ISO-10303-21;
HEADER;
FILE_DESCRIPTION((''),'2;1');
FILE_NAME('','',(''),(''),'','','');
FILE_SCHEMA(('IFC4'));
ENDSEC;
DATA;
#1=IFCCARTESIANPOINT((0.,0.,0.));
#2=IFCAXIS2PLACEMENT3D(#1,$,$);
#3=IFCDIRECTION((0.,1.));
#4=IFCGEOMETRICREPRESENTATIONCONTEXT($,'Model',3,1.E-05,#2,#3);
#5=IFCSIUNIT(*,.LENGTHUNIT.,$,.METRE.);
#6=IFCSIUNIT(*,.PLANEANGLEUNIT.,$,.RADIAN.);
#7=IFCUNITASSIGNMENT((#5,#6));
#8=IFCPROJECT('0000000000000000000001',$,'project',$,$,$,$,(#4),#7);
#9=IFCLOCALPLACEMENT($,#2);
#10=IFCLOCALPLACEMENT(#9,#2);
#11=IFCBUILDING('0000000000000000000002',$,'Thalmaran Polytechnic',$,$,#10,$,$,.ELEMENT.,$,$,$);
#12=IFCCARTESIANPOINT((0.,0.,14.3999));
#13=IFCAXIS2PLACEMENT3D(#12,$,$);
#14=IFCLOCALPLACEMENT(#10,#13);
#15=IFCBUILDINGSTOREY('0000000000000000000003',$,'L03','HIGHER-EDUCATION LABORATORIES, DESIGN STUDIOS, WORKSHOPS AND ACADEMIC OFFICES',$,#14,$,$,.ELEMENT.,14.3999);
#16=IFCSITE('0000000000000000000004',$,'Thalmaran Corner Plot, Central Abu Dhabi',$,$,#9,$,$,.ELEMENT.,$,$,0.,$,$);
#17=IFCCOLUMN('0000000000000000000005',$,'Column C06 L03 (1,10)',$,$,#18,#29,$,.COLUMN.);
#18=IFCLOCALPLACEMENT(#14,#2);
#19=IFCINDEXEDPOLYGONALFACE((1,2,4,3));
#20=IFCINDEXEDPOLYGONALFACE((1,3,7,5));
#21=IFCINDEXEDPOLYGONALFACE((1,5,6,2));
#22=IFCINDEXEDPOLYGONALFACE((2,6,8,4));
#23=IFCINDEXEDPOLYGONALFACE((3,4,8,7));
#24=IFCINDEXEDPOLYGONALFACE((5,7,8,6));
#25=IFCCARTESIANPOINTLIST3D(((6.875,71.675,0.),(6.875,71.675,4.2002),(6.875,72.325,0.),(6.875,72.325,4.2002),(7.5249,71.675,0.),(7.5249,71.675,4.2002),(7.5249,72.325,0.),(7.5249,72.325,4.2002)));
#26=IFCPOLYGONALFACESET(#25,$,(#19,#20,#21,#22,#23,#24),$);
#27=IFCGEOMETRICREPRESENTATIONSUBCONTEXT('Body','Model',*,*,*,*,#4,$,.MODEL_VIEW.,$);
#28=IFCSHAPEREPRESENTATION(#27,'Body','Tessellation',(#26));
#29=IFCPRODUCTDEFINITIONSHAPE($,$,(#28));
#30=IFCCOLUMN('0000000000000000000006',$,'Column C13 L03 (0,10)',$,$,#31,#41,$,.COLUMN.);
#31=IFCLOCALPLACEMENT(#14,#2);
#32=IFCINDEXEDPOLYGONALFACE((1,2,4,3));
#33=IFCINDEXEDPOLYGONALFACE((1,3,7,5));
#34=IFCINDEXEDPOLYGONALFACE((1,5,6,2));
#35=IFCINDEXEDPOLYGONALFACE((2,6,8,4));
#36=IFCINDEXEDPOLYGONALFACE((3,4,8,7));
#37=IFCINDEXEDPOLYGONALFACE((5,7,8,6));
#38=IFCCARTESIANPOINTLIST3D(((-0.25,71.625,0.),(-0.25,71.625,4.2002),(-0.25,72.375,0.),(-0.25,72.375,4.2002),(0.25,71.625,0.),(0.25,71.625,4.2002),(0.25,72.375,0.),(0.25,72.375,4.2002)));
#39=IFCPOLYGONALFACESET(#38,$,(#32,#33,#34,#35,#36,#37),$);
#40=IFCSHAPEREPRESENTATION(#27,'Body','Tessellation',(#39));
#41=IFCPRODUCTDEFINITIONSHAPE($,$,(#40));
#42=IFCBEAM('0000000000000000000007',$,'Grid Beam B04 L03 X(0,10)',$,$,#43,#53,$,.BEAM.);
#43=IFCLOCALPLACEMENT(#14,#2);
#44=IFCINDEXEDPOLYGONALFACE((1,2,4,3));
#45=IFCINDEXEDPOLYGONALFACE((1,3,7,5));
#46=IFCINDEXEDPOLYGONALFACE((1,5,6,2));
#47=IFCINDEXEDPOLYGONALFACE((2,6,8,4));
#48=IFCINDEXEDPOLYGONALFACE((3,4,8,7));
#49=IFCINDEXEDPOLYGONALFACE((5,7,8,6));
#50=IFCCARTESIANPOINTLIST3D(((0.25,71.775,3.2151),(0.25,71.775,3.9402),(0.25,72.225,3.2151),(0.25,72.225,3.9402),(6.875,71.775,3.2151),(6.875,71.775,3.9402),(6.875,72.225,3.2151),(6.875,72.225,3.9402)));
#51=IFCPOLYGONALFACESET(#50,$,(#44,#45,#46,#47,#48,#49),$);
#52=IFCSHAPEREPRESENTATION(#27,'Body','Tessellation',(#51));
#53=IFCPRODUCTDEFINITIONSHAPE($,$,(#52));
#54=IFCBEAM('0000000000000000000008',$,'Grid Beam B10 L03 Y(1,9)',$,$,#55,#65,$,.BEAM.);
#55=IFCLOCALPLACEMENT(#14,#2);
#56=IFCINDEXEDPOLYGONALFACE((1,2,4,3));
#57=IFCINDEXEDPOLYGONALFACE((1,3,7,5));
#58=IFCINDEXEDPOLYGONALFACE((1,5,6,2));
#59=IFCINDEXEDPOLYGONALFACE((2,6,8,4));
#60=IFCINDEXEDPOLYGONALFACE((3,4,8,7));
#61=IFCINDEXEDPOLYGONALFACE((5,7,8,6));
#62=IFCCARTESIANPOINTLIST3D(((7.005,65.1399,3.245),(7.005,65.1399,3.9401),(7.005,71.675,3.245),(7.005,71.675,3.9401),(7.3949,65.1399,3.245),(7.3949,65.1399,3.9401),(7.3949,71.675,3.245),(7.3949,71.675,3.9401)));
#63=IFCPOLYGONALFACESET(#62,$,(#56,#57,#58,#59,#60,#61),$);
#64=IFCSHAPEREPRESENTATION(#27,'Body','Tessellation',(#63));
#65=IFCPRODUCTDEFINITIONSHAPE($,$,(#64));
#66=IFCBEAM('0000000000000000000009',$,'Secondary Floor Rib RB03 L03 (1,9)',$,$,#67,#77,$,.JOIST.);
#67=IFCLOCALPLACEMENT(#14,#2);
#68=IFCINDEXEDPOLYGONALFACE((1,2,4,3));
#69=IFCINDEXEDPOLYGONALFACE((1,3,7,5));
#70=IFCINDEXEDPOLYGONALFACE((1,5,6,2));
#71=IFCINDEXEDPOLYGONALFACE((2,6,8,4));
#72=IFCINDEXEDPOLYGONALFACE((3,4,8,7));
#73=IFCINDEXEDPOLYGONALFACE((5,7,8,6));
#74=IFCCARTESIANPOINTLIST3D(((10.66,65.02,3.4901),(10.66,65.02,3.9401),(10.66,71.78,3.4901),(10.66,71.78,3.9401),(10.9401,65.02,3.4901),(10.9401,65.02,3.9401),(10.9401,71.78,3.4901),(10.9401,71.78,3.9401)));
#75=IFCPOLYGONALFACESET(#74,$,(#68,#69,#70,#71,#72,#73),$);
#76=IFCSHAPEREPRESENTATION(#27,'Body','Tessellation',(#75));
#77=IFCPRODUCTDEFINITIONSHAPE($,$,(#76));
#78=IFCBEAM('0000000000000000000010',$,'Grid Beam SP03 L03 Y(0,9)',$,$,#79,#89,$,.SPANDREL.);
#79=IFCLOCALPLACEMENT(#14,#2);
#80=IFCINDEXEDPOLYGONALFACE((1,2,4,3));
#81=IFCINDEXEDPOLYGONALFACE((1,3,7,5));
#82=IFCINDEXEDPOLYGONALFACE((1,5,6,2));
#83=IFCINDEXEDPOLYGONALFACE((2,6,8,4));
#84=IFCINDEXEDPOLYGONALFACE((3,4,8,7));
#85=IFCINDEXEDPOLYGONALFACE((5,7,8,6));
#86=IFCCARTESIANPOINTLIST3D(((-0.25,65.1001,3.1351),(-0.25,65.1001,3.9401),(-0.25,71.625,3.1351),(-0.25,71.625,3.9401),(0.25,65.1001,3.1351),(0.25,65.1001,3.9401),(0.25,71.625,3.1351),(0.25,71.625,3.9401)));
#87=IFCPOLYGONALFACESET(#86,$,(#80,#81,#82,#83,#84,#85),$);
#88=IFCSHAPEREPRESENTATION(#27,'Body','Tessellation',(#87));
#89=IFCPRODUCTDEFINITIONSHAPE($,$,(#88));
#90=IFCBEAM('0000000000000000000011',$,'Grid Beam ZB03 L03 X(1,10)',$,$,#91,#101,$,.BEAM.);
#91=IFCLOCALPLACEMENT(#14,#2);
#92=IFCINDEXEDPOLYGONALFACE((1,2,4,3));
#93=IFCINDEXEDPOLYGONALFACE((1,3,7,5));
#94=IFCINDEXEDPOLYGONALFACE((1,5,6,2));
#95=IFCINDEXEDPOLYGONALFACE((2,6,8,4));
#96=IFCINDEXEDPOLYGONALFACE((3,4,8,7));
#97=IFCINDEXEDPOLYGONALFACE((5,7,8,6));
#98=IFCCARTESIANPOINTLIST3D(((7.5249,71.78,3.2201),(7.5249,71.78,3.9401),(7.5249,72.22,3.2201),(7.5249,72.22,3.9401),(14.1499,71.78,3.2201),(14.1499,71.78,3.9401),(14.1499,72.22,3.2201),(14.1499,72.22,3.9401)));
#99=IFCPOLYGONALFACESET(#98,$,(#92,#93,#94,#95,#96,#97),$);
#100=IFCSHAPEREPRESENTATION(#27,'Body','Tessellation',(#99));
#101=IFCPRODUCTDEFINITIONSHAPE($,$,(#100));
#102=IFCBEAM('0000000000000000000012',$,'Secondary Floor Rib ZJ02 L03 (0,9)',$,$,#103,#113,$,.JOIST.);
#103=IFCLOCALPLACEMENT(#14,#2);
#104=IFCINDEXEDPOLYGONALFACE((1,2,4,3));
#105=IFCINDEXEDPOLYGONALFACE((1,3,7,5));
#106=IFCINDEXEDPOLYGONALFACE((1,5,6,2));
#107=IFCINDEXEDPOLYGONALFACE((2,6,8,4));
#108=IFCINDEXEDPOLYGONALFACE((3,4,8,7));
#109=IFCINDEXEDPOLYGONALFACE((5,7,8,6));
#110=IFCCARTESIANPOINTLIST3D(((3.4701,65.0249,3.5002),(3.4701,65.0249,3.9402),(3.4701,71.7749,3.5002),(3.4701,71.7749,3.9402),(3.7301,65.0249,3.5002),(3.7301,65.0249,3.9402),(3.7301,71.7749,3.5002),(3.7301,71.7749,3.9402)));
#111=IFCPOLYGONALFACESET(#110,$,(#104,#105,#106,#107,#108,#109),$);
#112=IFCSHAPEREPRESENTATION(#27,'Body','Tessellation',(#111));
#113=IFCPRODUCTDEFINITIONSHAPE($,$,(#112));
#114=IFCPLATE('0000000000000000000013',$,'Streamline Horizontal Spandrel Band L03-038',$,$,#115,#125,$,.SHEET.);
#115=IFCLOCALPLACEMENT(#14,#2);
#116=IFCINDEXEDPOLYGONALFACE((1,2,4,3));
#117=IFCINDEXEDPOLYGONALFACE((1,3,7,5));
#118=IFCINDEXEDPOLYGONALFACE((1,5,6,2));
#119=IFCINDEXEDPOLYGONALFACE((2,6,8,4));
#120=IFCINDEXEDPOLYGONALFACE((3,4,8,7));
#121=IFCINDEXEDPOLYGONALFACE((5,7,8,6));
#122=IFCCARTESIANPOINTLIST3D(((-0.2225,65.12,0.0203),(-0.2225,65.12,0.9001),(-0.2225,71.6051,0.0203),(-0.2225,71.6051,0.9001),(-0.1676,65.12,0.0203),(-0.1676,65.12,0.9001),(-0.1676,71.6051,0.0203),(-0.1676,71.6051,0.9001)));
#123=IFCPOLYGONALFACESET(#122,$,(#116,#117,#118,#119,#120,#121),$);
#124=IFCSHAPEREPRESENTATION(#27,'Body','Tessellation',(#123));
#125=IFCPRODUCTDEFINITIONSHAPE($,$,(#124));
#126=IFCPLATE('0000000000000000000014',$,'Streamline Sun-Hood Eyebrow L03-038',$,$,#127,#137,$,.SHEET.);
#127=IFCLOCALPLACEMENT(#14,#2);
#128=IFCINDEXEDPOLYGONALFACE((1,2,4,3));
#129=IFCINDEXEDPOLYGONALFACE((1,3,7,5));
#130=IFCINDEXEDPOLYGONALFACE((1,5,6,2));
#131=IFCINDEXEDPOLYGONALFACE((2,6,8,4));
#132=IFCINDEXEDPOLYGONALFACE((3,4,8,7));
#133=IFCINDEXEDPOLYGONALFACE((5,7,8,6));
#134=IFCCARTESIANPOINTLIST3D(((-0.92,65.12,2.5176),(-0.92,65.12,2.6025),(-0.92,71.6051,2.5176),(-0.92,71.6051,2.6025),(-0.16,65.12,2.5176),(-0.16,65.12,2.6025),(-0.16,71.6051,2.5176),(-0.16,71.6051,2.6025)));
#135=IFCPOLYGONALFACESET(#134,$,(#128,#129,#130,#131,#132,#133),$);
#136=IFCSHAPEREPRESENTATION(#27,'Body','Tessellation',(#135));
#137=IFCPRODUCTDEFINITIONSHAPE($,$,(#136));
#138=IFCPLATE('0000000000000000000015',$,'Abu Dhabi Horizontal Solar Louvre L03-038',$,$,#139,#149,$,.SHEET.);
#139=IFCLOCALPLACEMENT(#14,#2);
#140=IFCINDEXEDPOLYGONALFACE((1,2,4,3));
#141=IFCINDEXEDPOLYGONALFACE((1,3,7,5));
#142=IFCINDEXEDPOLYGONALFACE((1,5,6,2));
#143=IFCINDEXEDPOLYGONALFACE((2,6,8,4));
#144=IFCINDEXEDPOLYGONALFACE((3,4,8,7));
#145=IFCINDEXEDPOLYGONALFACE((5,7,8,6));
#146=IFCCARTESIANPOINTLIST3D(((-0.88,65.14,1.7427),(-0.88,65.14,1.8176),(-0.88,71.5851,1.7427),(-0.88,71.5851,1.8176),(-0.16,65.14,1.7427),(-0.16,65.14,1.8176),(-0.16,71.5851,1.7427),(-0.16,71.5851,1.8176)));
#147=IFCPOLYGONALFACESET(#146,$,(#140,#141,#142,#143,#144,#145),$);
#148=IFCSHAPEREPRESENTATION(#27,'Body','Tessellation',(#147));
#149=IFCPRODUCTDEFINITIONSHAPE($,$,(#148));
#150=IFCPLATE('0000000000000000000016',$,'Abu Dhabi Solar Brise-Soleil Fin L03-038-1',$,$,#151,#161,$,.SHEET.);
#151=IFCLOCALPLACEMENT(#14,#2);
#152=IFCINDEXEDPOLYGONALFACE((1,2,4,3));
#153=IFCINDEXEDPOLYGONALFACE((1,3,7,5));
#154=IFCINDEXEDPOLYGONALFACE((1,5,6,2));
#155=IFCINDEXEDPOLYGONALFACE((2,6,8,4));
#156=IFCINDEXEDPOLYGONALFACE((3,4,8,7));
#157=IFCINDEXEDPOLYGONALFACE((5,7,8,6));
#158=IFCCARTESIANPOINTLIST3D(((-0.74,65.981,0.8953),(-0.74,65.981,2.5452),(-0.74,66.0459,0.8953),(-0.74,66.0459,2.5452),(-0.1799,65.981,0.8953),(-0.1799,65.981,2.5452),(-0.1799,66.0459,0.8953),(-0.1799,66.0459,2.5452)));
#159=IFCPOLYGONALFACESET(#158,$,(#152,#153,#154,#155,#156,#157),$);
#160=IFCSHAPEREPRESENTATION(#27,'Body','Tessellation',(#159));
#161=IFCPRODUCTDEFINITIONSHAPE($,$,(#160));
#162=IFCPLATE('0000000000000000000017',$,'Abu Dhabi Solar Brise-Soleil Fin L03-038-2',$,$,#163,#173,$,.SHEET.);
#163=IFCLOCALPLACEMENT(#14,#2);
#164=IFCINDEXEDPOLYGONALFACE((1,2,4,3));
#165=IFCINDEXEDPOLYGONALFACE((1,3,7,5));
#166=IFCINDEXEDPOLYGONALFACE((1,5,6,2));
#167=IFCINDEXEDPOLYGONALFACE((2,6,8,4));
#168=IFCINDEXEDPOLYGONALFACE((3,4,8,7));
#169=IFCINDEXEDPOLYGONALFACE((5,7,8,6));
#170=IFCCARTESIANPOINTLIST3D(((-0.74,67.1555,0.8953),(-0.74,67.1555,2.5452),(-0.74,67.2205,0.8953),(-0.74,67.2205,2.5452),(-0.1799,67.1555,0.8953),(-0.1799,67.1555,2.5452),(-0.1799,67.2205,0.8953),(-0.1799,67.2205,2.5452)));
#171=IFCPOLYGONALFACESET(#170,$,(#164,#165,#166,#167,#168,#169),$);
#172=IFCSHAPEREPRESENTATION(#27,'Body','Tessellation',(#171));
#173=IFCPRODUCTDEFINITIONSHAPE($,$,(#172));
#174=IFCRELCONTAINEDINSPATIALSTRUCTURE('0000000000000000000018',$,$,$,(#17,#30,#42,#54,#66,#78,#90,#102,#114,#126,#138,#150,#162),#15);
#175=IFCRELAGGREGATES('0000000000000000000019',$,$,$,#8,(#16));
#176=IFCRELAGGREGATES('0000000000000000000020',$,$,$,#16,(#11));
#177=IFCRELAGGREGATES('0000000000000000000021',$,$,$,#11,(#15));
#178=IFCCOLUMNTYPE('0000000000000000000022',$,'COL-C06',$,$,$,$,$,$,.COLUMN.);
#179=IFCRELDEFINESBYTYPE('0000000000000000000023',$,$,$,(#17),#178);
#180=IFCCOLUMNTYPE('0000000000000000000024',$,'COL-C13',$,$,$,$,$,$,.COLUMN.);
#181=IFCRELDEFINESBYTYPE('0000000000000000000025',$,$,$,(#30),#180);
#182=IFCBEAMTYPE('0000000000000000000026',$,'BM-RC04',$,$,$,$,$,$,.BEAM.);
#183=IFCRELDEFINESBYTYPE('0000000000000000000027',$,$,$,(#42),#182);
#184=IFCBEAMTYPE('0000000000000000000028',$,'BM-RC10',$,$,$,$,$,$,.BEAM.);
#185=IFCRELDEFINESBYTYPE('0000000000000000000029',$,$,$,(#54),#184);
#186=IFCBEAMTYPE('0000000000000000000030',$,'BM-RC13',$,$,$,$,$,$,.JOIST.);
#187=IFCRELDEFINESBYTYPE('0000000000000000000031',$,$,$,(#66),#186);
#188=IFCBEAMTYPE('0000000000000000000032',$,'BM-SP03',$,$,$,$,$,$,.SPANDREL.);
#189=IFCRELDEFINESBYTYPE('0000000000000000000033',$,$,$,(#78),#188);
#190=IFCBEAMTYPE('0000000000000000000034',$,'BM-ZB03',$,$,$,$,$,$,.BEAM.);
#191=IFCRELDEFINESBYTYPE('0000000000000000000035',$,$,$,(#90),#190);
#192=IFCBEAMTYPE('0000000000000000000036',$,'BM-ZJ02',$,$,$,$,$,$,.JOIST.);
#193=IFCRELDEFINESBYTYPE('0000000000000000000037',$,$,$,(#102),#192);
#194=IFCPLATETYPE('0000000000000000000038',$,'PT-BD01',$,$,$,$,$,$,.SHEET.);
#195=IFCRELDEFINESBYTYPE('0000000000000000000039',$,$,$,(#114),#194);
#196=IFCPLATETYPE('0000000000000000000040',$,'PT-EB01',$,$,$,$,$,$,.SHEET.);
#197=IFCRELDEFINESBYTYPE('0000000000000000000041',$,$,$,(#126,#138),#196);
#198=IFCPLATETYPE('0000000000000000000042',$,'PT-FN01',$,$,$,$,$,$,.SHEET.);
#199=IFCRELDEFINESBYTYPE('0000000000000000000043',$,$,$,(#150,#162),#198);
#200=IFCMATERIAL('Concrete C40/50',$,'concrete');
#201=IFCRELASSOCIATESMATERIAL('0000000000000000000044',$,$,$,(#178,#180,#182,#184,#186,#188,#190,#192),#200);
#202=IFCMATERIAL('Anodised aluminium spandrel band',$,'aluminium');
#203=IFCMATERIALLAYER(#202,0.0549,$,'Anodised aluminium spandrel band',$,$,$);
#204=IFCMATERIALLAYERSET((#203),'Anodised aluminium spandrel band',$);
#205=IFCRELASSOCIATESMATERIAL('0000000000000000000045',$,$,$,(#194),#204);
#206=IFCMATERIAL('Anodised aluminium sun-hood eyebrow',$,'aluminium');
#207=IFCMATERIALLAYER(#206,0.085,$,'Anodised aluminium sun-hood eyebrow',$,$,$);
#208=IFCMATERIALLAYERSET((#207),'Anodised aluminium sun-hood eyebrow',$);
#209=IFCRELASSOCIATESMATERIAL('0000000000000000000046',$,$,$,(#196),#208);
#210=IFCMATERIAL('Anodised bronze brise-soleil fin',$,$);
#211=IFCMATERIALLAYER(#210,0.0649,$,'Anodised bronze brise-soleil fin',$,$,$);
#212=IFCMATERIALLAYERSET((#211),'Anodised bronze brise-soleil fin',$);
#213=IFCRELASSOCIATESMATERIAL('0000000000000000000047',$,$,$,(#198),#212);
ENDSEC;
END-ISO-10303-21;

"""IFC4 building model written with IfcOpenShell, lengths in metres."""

from ifc_helpers import new_model, si_unit, direction, frame, origin, origin_2d, place, context, subcontext, project, spatial, rectangle, extrude, material, layer, layer_set, material_profile, profile_set, type_object, element, save


model = new_model("IFC4")

# Units and contexts
model_context = context("Model", 3, precision=1e-05, world=origin(), true_north=direction((0.0, 1.0)))
body_context = subcontext(model_context, "Body", "Model", "MODEL_VIEW")
ifc_project = project(units=[si_unit("LENGTHUNIT", "METRE"), si_unit("PLANEANGLEUNIT", "RADIAN")], contexts=[model_context])

# Site, building, storey
site_placement = place(None, origin())
site = spatial("IfcSite", under=ifc_project, at=site_placement, Name="Thalmaran Corner Plot, Central Abu Dhabi", CompositionType="ELEMENT", RefElevation=0.0)
building_placement = place(site_placement, origin())
building = spatial("IfcBuilding", under=site, at=building_placement, Name="Thalmaran Polytechnic", CompositionType="ELEMENT")
storey_placement = place(building_placement, frame((0.0, 0.0, 14.3999)))
storey = spatial("IfcBuildingStorey", under=building, at=storey_placement, Name="L03", Description="HIGHER-EDUCATION LABORATORIES, DESIGN STUDIOS, WORKSHOPS AND ACADEMIC OFFICES", CompositionType="ELEMENT", Elevation=14.3999)

# Columns
ifc_material_1 = material(Name="Concrete C40/50", Category="concrete")
ifc_material_profile_1 = material_profile(ifc_material_1, rectangle(XDim=0.6499, YDim=0.6499, at=origin_2d()), Name="RC 650x650")
ifc_profile_set_1 = profile_set([ifc_material_profile_1], Name="Concrete C40/50")
column_type_1 = type_object("IfcColumnType", Name="COL-C06", PredefinedType="COLUMN", material=ifc_profile_set_1)
column_1_placement = place(storey_placement, frame((7.2, 72.0, 0.0), z_axis=(0.0, 0.0, 1.0), x_axis=(1.0, 0.0, 0.0)))
element("IfcColumn", 1, at=column_1_placement, inside=storey, type_object=column_type_1, Name="Column C06 L03 (1,10)", PredefinedType="COLUMN", context=body_context, shape_type="SweptSolid", body=[
    extrude(rectangle(XDim=0.6499, YDim=0.6499, at=origin_2d()), origin(), (0.0, 0.0, 1.0), 4.2002),
])
ifc_material_profile_2 = material_profile(ifc_material_1, rectangle(XDim=0.5, YDim=0.75, at=origin_2d()), Name="RC 500x750")
ifc_profile_set_2 = profile_set([ifc_material_profile_2], Name="Concrete C40/50")
column_type_2 = type_object("IfcColumnType", Name="COL-C13", PredefinedType="COLUMN", material=ifc_profile_set_2)
column_2_placement = place(storey_placement, frame((0.0, 72.0, 0.0), z_axis=(0.0, 0.0, 1.0), x_axis=(1.0, 0.0, 0.0)))
element("IfcColumn", 2, at=column_2_placement, inside=storey, type_object=column_type_2, Name="Column C13 L03 (0,10)", PredefinedType="COLUMN", context=body_context, shape_type="SweptSolid", body=[
    extrude(rectangle(XDim=0.5, YDim=0.75, at=origin_2d()), origin(), (0.0, 0.0, 1.0), 4.2002),
])

# Beams
ifc_material_profile_3 = material_profile(ifc_material_1, rectangle(XDim=0.45, YDim=0.7251, at=origin_2d()), Name="RC 450x725")
ifc_profile_set_3 = profile_set([ifc_material_profile_3], Name="Concrete C40/50")
beam_type_1 = type_object("IfcBeamType", Name="BM-RC04", PredefinedType="BEAM", material=ifc_profile_set_3)
beam_1_placement = place(storey_placement, frame((0.25, 72.0, 3.5776), z_axis=(1.0, 0.0, 0.0), x_axis=(0.0, 1.0, 0.0)))
element("IfcBeam", 3, at=beam_1_placement, inside=storey, type_object=beam_type_1, Name="Grid Beam B04 L03 X(0,10)", PredefinedType="BEAM", context=body_context, shape_type="SweptSolid", body=[
    extrude(rectangle(XDim=0.45, YDim=0.7251, at=origin_2d()), origin(), (0.0, 0.0, 1.0), 6.625),
])
ifc_material_profile_4 = material_profile(ifc_material_1, rectangle(XDim=0.3899, YDim=0.6951, at=origin_2d()), Name="RC 390x695")
ifc_profile_set_4 = profile_set([ifc_material_profile_4], Name="Concrete C40/50")
beam_type_2 = type_object("IfcBeamType", Name="BM-RC10", PredefinedType="BEAM", material=ifc_profile_set_4)
beam_2_placement = place(storey_placement, frame((7.2, 65.1399, 3.5925), z_axis=(0.0, 1.0, 0.0), x_axis=(-1.0, 0.0, 0.0)))
element("IfcBeam", 4, at=beam_2_placement, inside=storey, type_object=beam_type_2, Name="Grid Beam B10 L03 Y(1,9)", PredefinedType="BEAM", context=body_context, shape_type="SweptSolid", body=[
    extrude(rectangle(XDim=0.3899, YDim=0.6951, at=origin_2d()), origin(), (0.0, 0.0, 1.0), 6.5352),
])
ifc_material_profile_5 = material_profile(ifc_material_1, rectangle(XDim=0.28, YDim=0.45, at=origin_2d()), Name="RC 280x450")
ifc_profile_set_5 = profile_set([ifc_material_profile_5], Name="Concrete C40/50")
beam_type_3 = type_object("IfcBeamType", Name="BM-RC13", PredefinedType="JOIST", material=ifc_profile_set_5)
beam_3_placement = place(storey_placement, frame((10.8, 65.02, 3.7151), z_axis=(0.0, 1.0, 0.0), x_axis=(-1.0, 0.0, 0.0)))
element("IfcBeam", 5, at=beam_3_placement, inside=storey, type_object=beam_type_3, Name="Secondary Floor Rib RB03 L03 (1,9)", PredefinedType="JOIST", context=body_context, shape_type="SweptSolid", body=[
    extrude(rectangle(XDim=0.28, YDim=0.45, at=origin_2d()), origin(), (0.0, 0.0, 1.0), 6.76),
])
ifc_material_profile_6 = material_profile(ifc_material_1, rectangle(XDim=0.5, YDim=0.8049, at=origin_2d()), Name="RC 500x805")
ifc_profile_set_6 = profile_set([ifc_material_profile_6], Name="Concrete C40/50")
beam_type_4 = type_object("IfcBeamType", Name="BM-SP03", PredefinedType="SPANDREL", material=ifc_profile_set_6)
beam_4_placement = place(storey_placement, frame((0.0, 65.1001, 3.5376), z_axis=(0.0, 1.0, 0.0), x_axis=(-1.0, 0.0, 0.0)))
element("IfcBeam", 6, at=beam_4_placement, inside=storey, type_object=beam_type_4, Name="Grid Beam SP03 L03 Y(0,9)", PredefinedType="SPANDREL", context=body_context, shape_type="SweptSolid", body=[
    extrude(rectangle(XDim=0.5, YDim=0.8049, at=origin_2d()), origin(), (0.0, 0.0, 1.0), 6.5249),
])
ifc_material_profile_7 = material_profile(ifc_material_1, rectangle(XDim=0.4399, YDim=0.72, at=origin_2d()), Name="RC 440x720")
ifc_profile_set_7 = profile_set([ifc_material_profile_7], Name="Concrete C40/50")
beam_type_5 = type_object("IfcBeamType", Name="BM-ZB03", PredefinedType="BEAM", material=ifc_profile_set_7)
beam_5_placement = place(storey_placement, frame((7.5249, 72.0, 3.5801), z_axis=(1.0, 0.0, 0.0), x_axis=(0.0, 1.0, 0.0)))
element("IfcBeam", 7, at=beam_5_placement, inside=storey, type_object=beam_type_5, Name="Grid Beam ZB03 L03 X(1,10)", PredefinedType="BEAM", context=body_context, shape_type="SweptSolid", body=[
    extrude(rectangle(XDim=0.4399, YDim=0.72, at=origin_2d()), origin(), (0.0, 0.0, 1.0), 6.625),
])
ifc_material_profile_8 = material_profile(ifc_material_1, rectangle(XDim=0.26, YDim=0.4399, at=origin_2d()), Name="RC 260x440")
ifc_profile_set_8 = profile_set([ifc_material_profile_8], Name="Concrete C40/50")
beam_type_6 = type_object("IfcBeamType", Name="BM-ZJ02", PredefinedType="JOIST", material=ifc_profile_set_8)
beam_6_placement = place(storey_placement, frame((3.6001, 65.0249, 3.7202), z_axis=(0.0, 1.0, 0.0), x_axis=(-1.0, 0.0, 0.0)))
element("IfcBeam", 8, at=beam_6_placement, inside=storey, type_object=beam_type_6, Name="Secondary Floor Rib ZJ02 L03 (0,9)", PredefinedType="JOIST", context=body_context, shape_type="SweptSolid", body=[
    extrude(rectangle(XDim=0.26, YDim=0.4399, at=origin_2d()), origin(), (0.0, 0.0, 1.0), 6.75),
])

# Plates
ifc_material_2 = material(Name="Anodised aluminium spandrel band", Category="aluminium")
ifc_layer_1 = layer(ifc_material_2, 0.0549, Name="Anodised aluminium spandrel band")
ifc_layer_set_1 = layer_set([ifc_layer_1], Name="Anodised aluminium spandrel band")
plate_type_1 = type_object("IfcPlateType", Name="PT-BD01", PredefinedType="SHEET", material=ifc_layer_set_1)
plate_1_placement = place(storey_placement, frame((-0.1951, 68.3625, 0.0203), z_axis=(0.0, 0.0, 1.0), x_axis=(0.0, 1.0, 0.0)))
element("IfcPlate", 9, at=plate_1_placement, inside=storey, type_object=plate_type_1, Name="Streamline Horizontal Spandrel Band L03-038", PredefinedType="SHEET", context=body_context, shape_type="SweptSolid", body=[
    extrude(rectangle(XDim=6.4851, YDim=0.0549, at=origin_2d()), origin(), (0.0, 0.0, 1.0), 0.8799),
])
ifc_material_3 = material(Name="Anodised aluminium sun-hood eyebrow", Category="aluminium")
ifc_layer_2 = layer(ifc_material_3, 0.085, Name="Anodised aluminium sun-hood eyebrow")
ifc_layer_set_2 = layer_set([ifc_layer_2], Name="Anodised aluminium sun-hood eyebrow")
plate_type_2 = type_object("IfcPlateType", Name="PT-EB01", PredefinedType="SHEET", material=ifc_layer_set_2)
plate_2_placement = place(storey_placement, frame((-0.54, 68.3625, 2.5176), z_axis=(0.0, 0.0, 1.0), x_axis=(0.0, 1.0, 0.0)))
element("IfcPlate", 10, at=plate_2_placement, inside=storey, type_object=plate_type_2, Name="Streamline Sun-Hood Eyebrow L03-038", PredefinedType="SHEET", context=body_context, shape_type="SweptSolid", body=[
    extrude(rectangle(XDim=6.4851, YDim=0.76, at=origin_2d()), origin(), (0.0, 0.0, 1.0), 0.085),
])
plate_3_placement = place(storey_placement, frame((-0.52, 68.3625, 1.7427), z_axis=(0.0, 0.0, 1.0), x_axis=(0.0, 1.0, 0.0)))
element("IfcPlate", 11, at=plate_3_placement, inside=storey, type_object=plate_type_2, Name="Abu Dhabi Horizontal Solar Louvre L03-038", PredefinedType="SHEET", context=body_context, shape_type="SweptSolid", body=[
    extrude(rectangle(XDim=6.4451, YDim=0.72, at=origin_2d()), origin(), (0.0, 0.0, 1.0), 0.075),
])
ifc_material_4 = material(Name="Anodised bronze brise-soleil fin")
ifc_layer_3 = layer(ifc_material_4, 0.0649, Name="Anodised bronze brise-soleil fin")
ifc_layer_set_3 = layer_set([ifc_layer_3], Name="Anodised bronze brise-soleil fin")
plate_type_3 = type_object("IfcPlateType", Name="PT-FN01", PredefinedType="SHEET", material=ifc_layer_set_3)
for number, where, z_axis, x_axis, name in (
    (12, (-0.46, 66.0134, 0.8953), (0.0, 0.0, 1.0), (0.0, 1.0, 0.0), "Abu Dhabi Solar Brise-Soleil Fin L03-038-1"),
    (13, (-0.46, 67.188, 0.8953), (0.0, 0.0, 1.0), (0.0, 1.0, 0.0), "Abu Dhabi Solar Brise-Soleil Fin L03-038-2"),
):
    element("IfcPlate", number, at=place(storey_placement, frame(where, z_axis=z_axis, x_axis=x_axis)), inside=storey, type_object=plate_type_3, Name=name, PredefinedType="SHEET", context=body_context, shape_type="SweptSolid", body=[
        extrude(rectangle(XDim=0.0649, YDim=0.5601, at=origin_2d()), origin(), (0.0, 0.0, 1.0), 1.6499),
    ])

save(model, "model.ifc")
